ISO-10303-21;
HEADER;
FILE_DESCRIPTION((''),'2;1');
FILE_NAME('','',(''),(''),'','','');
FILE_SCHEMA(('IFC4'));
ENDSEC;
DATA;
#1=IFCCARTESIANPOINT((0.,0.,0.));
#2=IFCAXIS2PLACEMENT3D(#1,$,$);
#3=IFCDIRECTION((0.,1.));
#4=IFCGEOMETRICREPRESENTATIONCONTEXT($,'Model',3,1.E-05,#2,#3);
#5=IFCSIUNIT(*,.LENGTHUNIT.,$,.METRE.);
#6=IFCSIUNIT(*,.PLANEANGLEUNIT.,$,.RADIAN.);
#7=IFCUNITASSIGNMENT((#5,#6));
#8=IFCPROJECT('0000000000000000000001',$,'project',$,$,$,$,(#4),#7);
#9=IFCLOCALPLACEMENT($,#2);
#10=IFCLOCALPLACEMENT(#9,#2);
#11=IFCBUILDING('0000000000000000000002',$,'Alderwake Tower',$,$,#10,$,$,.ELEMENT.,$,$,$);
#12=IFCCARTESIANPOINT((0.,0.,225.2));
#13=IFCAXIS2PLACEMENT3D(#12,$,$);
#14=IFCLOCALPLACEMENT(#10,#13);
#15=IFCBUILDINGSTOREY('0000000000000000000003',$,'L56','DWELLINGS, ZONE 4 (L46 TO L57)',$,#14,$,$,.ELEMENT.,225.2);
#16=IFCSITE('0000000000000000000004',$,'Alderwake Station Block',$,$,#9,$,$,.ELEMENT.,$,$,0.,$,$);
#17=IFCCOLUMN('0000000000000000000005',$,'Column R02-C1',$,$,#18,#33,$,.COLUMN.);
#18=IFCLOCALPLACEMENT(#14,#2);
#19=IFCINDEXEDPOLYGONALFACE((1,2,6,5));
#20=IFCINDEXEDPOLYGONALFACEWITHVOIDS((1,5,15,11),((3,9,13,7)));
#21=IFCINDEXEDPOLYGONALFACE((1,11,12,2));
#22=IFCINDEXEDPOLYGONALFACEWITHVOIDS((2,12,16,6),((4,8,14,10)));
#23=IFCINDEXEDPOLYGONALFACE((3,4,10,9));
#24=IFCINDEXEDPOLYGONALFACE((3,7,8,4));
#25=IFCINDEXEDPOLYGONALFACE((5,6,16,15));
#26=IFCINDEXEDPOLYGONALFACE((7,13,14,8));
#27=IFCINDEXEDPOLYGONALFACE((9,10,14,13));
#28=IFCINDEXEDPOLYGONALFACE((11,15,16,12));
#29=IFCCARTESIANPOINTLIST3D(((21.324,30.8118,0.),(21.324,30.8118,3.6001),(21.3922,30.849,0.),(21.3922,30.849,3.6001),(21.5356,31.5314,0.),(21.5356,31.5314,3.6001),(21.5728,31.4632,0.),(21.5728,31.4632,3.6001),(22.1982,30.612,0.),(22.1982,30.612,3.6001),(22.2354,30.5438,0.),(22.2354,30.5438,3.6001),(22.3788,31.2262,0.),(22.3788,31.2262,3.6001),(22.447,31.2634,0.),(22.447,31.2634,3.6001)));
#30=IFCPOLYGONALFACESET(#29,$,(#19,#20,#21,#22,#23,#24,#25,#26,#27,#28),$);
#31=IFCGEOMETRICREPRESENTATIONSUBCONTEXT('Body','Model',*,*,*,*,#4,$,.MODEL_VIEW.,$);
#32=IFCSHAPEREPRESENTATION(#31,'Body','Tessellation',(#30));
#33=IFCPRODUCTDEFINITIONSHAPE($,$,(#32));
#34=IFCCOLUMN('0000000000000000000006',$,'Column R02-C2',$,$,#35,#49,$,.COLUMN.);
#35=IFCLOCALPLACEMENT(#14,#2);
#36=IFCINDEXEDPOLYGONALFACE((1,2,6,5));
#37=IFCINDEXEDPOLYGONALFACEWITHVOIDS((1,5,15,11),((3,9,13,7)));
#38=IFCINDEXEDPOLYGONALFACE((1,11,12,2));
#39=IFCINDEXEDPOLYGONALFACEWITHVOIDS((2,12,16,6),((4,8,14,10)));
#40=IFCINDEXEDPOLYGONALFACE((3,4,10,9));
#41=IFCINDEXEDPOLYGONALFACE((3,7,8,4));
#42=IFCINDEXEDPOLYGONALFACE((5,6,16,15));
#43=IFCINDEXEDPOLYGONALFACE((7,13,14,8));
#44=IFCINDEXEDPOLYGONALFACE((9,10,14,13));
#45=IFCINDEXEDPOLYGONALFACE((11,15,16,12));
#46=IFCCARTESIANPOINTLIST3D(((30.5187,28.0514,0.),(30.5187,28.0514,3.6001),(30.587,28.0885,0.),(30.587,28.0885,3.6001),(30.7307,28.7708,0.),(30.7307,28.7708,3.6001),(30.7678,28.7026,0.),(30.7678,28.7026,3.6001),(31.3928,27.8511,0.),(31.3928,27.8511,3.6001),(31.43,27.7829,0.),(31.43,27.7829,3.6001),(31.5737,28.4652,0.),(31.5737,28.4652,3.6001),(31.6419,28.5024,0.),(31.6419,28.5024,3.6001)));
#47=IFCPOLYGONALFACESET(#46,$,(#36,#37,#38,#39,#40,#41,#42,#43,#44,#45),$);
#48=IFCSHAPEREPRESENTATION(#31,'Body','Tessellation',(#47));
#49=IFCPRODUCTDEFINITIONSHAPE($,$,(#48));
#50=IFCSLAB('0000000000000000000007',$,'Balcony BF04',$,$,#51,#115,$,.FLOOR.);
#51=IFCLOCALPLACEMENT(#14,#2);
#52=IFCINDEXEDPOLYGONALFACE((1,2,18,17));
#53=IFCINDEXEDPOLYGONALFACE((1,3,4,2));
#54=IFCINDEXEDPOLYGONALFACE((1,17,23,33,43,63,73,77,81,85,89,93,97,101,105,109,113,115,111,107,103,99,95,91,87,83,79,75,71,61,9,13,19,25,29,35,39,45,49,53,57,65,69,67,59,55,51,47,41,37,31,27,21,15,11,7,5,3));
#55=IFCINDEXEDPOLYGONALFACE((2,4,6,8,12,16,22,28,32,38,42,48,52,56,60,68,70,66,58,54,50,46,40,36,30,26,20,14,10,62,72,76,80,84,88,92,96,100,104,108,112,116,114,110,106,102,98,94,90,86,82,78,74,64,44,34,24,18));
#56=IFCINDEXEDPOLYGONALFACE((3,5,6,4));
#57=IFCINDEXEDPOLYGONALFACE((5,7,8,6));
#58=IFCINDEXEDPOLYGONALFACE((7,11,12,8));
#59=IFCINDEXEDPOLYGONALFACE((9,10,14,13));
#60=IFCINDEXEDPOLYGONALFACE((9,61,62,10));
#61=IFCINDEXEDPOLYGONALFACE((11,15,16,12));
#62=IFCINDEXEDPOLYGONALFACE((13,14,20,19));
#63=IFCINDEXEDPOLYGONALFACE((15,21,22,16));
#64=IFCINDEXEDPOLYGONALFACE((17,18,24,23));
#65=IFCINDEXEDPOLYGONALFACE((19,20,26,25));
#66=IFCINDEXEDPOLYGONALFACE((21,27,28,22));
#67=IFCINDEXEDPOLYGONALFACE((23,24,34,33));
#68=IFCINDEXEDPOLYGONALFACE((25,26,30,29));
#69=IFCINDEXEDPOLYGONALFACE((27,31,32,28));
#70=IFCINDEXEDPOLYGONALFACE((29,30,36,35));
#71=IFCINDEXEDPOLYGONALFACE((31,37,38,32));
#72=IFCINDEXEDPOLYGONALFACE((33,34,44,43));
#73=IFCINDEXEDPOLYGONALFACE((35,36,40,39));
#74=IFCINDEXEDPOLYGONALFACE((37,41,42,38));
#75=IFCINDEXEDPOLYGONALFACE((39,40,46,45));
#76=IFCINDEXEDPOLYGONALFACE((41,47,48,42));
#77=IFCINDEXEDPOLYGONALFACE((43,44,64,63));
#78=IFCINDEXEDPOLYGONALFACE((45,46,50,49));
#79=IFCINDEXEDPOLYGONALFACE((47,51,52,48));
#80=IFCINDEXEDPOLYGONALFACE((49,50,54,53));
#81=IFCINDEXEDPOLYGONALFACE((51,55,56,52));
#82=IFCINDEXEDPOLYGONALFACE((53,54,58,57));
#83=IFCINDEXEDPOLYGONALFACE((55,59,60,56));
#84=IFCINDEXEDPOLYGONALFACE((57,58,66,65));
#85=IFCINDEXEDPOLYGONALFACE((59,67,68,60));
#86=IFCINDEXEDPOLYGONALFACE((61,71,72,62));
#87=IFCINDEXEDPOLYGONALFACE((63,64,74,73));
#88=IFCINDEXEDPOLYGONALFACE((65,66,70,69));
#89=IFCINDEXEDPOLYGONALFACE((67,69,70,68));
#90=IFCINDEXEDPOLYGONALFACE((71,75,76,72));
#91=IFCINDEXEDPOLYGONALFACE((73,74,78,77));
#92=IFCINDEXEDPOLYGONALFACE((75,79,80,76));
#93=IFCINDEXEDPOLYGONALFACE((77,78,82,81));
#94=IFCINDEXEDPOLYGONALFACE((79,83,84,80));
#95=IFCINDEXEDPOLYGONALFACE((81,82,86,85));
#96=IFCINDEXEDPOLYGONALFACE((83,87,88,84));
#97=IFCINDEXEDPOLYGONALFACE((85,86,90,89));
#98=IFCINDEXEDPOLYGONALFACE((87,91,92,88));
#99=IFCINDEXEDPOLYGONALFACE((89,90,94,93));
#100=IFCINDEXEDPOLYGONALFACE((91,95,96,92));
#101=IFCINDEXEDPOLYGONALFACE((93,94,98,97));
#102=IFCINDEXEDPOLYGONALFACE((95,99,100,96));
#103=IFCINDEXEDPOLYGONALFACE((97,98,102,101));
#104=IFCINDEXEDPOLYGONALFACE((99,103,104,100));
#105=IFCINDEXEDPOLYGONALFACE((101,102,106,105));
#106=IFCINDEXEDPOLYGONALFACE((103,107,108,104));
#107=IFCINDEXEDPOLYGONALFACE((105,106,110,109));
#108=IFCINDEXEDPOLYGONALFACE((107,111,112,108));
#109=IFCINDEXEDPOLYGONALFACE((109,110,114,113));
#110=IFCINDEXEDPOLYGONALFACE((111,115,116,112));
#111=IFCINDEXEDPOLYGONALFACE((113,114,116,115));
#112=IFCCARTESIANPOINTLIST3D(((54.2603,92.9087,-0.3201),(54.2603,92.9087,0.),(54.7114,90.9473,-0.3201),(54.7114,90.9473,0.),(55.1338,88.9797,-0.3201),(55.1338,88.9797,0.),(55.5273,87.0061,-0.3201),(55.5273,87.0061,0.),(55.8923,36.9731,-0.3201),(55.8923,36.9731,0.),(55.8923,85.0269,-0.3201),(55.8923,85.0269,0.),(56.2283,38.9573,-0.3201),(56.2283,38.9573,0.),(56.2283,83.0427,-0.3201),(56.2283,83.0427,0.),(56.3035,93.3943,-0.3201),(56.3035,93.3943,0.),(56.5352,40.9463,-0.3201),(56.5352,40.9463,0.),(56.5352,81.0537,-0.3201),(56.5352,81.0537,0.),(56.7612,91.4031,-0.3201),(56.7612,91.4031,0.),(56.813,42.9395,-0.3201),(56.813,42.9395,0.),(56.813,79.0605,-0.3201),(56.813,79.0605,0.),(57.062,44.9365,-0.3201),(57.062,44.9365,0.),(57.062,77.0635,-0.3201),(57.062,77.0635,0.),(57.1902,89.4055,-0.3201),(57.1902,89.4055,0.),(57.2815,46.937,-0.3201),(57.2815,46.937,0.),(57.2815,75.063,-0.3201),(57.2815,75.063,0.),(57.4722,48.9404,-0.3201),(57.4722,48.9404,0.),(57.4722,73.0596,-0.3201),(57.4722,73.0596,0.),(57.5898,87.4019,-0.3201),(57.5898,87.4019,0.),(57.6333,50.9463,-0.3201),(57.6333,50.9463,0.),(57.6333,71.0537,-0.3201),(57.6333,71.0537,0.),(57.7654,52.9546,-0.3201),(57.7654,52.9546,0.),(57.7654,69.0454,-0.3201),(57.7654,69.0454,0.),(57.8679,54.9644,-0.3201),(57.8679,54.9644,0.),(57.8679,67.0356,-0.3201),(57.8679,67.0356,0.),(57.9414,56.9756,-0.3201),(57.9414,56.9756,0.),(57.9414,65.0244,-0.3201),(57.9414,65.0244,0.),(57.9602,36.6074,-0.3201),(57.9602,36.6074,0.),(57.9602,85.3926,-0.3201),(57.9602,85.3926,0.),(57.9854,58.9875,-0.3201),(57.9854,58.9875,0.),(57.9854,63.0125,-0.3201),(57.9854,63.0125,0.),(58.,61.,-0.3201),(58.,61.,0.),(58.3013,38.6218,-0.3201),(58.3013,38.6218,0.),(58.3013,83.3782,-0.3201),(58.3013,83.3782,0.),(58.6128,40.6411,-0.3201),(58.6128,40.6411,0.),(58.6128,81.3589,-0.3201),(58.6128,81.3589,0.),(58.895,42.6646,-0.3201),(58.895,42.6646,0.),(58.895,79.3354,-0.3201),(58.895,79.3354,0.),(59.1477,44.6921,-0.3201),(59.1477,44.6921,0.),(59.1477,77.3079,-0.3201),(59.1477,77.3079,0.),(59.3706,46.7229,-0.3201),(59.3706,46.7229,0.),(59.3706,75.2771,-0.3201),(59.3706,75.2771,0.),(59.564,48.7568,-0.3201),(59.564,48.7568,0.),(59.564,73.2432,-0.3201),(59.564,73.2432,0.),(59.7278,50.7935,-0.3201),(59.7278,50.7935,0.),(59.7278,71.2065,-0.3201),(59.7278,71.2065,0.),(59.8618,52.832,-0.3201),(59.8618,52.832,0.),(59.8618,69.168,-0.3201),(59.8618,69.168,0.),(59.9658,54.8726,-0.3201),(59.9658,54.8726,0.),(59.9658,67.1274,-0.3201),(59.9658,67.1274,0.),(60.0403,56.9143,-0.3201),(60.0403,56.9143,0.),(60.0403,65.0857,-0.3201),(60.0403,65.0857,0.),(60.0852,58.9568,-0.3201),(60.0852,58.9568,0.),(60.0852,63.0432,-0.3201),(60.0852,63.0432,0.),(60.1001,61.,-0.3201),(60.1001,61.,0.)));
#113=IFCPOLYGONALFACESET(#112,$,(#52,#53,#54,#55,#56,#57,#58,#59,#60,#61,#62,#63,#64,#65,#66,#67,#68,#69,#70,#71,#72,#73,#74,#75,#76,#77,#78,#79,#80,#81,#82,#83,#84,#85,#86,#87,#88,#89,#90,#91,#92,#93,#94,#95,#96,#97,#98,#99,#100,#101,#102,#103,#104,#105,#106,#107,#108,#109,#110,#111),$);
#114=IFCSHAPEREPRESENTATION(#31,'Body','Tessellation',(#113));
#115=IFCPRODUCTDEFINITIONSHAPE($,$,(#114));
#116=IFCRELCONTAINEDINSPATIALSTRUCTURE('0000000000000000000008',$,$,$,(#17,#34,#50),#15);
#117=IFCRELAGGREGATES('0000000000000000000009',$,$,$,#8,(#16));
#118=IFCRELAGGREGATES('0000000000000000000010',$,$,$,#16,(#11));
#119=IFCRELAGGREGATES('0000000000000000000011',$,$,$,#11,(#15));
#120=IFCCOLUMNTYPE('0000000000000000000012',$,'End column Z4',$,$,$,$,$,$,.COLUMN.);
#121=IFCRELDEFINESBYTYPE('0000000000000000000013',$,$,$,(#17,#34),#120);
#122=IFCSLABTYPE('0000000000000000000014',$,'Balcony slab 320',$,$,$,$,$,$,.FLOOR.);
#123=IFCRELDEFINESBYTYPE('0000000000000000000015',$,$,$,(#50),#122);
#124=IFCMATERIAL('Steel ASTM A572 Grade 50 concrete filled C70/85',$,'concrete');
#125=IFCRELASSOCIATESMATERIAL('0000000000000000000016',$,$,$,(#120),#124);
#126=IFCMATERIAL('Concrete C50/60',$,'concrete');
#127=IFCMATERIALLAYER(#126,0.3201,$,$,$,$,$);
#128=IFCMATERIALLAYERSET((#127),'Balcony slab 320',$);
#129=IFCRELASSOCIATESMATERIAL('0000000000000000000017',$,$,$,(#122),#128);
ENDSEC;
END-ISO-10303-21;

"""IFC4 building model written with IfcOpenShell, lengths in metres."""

from ifc_helpers import new_model, si_unit, direction, frame, origin, origin_2d, place, context, subcontext, project, spatial, polyline, hollow_rectangle, outline, extrude, material, layer, layer_set, material_profile, profile_set, type_object, element, save


model = new_model("IFC4")

# Units and contexts
model_context = context("Model", 3, precision=1e-05, world=origin(), true_north=direction((0.0, 1.0)))
body_context = subcontext(model_context, "Body", "Model", "MODEL_VIEW")
ifc_project = project(units=[si_unit("LENGTHUNIT", "METRE"), si_unit("PLANEANGLEUNIT", "RADIAN")], contexts=[model_context])

# Site, building, storey
site_placement = place(None, origin())
site = spatial("IfcSite", under=ifc_project, at=site_placement, Name="Alderwake Station Block", CompositionType="ELEMENT", RefElevation=0.0)
building_placement = place(site_placement, origin())
building = spatial("IfcBuilding", under=site, at=building_placement, Name="Alderwake Tower", CompositionType="ELEMENT")
storey_placement = place(building_placement, frame((0.0, 0.0, 225.2)))
storey = spatial("IfcBuildingStorey", under=building, at=storey_placement, Name="L56", Description="DWELLINGS, ZONE 4 (L46 TO L57)", CompositionType="ELEMENT", Elevation=225.2)

# Columns
ifc_material_1 = material(Name="Steel ASTM A572 Grade 50 concrete filled C70/85", Category="concrete")
ifc_material_profile = material_profile(ifc_material_1, hollow_rectangle(XDim=0.75, YDim=0.95, WallThickness=0.0549, at=origin_2d()), Name="BOX 950X750X55")
ifc_profile_set = profile_set([ifc_material_profile], Name="Steel ASTM A572 Grade 50 concrete filled C70/85")
column_type = type_object("IfcColumnType", Name="End column Z4", PredefinedType="COLUMN", material=ifc_profile_set)
for number, where, z_axis, x_axis, name in (
    (1, (21.8855, 31.0376, 0.0), (0.0, 0.0, 1.0), (0.282132, 0.959376, 0.0), "Column R02-C1"),
    (2, (31.0803, 28.2769, 0.0), (0.0, 0.0, 1.0), (0.282583, 0.959243, 0.0), "Column R02-C2"),
):
    element("IfcColumn", number, at=place(storey_placement, frame(where, z_axis=z_axis, x_axis=x_axis)), inside=storey, type_object=column_type, Name=name, PredefinedType="COLUMN", context=body_context, shape_type="SweptSolid", body=[
        extrude(hollow_rectangle(XDim=0.75, YDim=0.95, WallThickness=0.0549, at=origin_2d()), origin(), (0.0, 0.0, 1.0), 3.6001),
    ])

# Slab
ifc_material_2 = material(Name="Concrete C50/60", Category="concrete")
ifc_layer_1 = layer(ifc_material_2, 0.3201)
ifc_layer_set_1 = layer_set([ifc_layer_1], Name="Balcony slab 320")
slab_type_1 = type_object("IfcSlabType", Name="Balcony slab 320", PredefinedType="FLOOR", material=ifc_layer_set_1)
slab_1_placement = place(storey_placement, frame((0.0, 0.0, -0.3201)))
element("IfcSlab", 3, at=slab_1_placement, inside=storey, type_object=slab_type_1, Name="Balcony BF04", PredefinedType="FLOOR", context=body_context, shape_type="SweptSolid", body=[
    extrude(outline(polyline([(58.3013, 38.6218), (58.6128, 40.6411), (58.895, 42.6646), (59.1477, 44.6921), (59.3706, 46.7229), (59.564, 48.7568), (59.7278, 50.7935), (59.8618, 52.832), (59.9658, 54.8726), (60.0403, 56.9143), (60.0852, 58.9568), (60.1001, 61.0), (60.0852, 63.0432), (60.0403, 65.0857), (59.9658, 67.1274), (59.8618, 69.168), (59.7278, 71.2065), (59.564, 73.2432), (59.3706, 75.2771), (59.1477, 77.3079), (58.895, 79.3354), (58.6128, 81.3589), (58.3013, 83.3782), (57.9602, 85.3926), (57.5898, 87.4019), (57.1902, 89.4055), (56.7612, 91.4031), (56.3035, 93.3943), (54.2603, 92.9087), (54.7114, 90.9473), (55.1338, 88.9797), (55.5273, 87.0061), (55.8923, 85.0269), (56.2283, 83.0427), (56.5352, 81.0537), (56.813, 79.0605), (57.062, 77.0635), (57.2815, 75.063), (57.4722, 73.0596), (57.6333, 71.0537), (57.7654, 69.0454), (57.8679, 67.0356), (57.9414, 65.0244), (57.9854, 63.0125), (58.0, 61.0), (57.9854, 58.9875), (57.9414, 56.9756), (57.8679, 54.9644), (57.7654, 52.9546), (57.6333, 50.9463), (57.4722, 48.9404), (57.2815, 46.937), (57.062, 44.9365), (56.813, 42.9395), (56.5352, 40.9463), (56.2283, 38.9573), (55.8923, 36.9731), (57.9602, 36.6074), (58.3013, 38.6218)])), origin(), (0.0, 0.0, 1.0), 0.3201),
])

save(model, "model.ifc")
